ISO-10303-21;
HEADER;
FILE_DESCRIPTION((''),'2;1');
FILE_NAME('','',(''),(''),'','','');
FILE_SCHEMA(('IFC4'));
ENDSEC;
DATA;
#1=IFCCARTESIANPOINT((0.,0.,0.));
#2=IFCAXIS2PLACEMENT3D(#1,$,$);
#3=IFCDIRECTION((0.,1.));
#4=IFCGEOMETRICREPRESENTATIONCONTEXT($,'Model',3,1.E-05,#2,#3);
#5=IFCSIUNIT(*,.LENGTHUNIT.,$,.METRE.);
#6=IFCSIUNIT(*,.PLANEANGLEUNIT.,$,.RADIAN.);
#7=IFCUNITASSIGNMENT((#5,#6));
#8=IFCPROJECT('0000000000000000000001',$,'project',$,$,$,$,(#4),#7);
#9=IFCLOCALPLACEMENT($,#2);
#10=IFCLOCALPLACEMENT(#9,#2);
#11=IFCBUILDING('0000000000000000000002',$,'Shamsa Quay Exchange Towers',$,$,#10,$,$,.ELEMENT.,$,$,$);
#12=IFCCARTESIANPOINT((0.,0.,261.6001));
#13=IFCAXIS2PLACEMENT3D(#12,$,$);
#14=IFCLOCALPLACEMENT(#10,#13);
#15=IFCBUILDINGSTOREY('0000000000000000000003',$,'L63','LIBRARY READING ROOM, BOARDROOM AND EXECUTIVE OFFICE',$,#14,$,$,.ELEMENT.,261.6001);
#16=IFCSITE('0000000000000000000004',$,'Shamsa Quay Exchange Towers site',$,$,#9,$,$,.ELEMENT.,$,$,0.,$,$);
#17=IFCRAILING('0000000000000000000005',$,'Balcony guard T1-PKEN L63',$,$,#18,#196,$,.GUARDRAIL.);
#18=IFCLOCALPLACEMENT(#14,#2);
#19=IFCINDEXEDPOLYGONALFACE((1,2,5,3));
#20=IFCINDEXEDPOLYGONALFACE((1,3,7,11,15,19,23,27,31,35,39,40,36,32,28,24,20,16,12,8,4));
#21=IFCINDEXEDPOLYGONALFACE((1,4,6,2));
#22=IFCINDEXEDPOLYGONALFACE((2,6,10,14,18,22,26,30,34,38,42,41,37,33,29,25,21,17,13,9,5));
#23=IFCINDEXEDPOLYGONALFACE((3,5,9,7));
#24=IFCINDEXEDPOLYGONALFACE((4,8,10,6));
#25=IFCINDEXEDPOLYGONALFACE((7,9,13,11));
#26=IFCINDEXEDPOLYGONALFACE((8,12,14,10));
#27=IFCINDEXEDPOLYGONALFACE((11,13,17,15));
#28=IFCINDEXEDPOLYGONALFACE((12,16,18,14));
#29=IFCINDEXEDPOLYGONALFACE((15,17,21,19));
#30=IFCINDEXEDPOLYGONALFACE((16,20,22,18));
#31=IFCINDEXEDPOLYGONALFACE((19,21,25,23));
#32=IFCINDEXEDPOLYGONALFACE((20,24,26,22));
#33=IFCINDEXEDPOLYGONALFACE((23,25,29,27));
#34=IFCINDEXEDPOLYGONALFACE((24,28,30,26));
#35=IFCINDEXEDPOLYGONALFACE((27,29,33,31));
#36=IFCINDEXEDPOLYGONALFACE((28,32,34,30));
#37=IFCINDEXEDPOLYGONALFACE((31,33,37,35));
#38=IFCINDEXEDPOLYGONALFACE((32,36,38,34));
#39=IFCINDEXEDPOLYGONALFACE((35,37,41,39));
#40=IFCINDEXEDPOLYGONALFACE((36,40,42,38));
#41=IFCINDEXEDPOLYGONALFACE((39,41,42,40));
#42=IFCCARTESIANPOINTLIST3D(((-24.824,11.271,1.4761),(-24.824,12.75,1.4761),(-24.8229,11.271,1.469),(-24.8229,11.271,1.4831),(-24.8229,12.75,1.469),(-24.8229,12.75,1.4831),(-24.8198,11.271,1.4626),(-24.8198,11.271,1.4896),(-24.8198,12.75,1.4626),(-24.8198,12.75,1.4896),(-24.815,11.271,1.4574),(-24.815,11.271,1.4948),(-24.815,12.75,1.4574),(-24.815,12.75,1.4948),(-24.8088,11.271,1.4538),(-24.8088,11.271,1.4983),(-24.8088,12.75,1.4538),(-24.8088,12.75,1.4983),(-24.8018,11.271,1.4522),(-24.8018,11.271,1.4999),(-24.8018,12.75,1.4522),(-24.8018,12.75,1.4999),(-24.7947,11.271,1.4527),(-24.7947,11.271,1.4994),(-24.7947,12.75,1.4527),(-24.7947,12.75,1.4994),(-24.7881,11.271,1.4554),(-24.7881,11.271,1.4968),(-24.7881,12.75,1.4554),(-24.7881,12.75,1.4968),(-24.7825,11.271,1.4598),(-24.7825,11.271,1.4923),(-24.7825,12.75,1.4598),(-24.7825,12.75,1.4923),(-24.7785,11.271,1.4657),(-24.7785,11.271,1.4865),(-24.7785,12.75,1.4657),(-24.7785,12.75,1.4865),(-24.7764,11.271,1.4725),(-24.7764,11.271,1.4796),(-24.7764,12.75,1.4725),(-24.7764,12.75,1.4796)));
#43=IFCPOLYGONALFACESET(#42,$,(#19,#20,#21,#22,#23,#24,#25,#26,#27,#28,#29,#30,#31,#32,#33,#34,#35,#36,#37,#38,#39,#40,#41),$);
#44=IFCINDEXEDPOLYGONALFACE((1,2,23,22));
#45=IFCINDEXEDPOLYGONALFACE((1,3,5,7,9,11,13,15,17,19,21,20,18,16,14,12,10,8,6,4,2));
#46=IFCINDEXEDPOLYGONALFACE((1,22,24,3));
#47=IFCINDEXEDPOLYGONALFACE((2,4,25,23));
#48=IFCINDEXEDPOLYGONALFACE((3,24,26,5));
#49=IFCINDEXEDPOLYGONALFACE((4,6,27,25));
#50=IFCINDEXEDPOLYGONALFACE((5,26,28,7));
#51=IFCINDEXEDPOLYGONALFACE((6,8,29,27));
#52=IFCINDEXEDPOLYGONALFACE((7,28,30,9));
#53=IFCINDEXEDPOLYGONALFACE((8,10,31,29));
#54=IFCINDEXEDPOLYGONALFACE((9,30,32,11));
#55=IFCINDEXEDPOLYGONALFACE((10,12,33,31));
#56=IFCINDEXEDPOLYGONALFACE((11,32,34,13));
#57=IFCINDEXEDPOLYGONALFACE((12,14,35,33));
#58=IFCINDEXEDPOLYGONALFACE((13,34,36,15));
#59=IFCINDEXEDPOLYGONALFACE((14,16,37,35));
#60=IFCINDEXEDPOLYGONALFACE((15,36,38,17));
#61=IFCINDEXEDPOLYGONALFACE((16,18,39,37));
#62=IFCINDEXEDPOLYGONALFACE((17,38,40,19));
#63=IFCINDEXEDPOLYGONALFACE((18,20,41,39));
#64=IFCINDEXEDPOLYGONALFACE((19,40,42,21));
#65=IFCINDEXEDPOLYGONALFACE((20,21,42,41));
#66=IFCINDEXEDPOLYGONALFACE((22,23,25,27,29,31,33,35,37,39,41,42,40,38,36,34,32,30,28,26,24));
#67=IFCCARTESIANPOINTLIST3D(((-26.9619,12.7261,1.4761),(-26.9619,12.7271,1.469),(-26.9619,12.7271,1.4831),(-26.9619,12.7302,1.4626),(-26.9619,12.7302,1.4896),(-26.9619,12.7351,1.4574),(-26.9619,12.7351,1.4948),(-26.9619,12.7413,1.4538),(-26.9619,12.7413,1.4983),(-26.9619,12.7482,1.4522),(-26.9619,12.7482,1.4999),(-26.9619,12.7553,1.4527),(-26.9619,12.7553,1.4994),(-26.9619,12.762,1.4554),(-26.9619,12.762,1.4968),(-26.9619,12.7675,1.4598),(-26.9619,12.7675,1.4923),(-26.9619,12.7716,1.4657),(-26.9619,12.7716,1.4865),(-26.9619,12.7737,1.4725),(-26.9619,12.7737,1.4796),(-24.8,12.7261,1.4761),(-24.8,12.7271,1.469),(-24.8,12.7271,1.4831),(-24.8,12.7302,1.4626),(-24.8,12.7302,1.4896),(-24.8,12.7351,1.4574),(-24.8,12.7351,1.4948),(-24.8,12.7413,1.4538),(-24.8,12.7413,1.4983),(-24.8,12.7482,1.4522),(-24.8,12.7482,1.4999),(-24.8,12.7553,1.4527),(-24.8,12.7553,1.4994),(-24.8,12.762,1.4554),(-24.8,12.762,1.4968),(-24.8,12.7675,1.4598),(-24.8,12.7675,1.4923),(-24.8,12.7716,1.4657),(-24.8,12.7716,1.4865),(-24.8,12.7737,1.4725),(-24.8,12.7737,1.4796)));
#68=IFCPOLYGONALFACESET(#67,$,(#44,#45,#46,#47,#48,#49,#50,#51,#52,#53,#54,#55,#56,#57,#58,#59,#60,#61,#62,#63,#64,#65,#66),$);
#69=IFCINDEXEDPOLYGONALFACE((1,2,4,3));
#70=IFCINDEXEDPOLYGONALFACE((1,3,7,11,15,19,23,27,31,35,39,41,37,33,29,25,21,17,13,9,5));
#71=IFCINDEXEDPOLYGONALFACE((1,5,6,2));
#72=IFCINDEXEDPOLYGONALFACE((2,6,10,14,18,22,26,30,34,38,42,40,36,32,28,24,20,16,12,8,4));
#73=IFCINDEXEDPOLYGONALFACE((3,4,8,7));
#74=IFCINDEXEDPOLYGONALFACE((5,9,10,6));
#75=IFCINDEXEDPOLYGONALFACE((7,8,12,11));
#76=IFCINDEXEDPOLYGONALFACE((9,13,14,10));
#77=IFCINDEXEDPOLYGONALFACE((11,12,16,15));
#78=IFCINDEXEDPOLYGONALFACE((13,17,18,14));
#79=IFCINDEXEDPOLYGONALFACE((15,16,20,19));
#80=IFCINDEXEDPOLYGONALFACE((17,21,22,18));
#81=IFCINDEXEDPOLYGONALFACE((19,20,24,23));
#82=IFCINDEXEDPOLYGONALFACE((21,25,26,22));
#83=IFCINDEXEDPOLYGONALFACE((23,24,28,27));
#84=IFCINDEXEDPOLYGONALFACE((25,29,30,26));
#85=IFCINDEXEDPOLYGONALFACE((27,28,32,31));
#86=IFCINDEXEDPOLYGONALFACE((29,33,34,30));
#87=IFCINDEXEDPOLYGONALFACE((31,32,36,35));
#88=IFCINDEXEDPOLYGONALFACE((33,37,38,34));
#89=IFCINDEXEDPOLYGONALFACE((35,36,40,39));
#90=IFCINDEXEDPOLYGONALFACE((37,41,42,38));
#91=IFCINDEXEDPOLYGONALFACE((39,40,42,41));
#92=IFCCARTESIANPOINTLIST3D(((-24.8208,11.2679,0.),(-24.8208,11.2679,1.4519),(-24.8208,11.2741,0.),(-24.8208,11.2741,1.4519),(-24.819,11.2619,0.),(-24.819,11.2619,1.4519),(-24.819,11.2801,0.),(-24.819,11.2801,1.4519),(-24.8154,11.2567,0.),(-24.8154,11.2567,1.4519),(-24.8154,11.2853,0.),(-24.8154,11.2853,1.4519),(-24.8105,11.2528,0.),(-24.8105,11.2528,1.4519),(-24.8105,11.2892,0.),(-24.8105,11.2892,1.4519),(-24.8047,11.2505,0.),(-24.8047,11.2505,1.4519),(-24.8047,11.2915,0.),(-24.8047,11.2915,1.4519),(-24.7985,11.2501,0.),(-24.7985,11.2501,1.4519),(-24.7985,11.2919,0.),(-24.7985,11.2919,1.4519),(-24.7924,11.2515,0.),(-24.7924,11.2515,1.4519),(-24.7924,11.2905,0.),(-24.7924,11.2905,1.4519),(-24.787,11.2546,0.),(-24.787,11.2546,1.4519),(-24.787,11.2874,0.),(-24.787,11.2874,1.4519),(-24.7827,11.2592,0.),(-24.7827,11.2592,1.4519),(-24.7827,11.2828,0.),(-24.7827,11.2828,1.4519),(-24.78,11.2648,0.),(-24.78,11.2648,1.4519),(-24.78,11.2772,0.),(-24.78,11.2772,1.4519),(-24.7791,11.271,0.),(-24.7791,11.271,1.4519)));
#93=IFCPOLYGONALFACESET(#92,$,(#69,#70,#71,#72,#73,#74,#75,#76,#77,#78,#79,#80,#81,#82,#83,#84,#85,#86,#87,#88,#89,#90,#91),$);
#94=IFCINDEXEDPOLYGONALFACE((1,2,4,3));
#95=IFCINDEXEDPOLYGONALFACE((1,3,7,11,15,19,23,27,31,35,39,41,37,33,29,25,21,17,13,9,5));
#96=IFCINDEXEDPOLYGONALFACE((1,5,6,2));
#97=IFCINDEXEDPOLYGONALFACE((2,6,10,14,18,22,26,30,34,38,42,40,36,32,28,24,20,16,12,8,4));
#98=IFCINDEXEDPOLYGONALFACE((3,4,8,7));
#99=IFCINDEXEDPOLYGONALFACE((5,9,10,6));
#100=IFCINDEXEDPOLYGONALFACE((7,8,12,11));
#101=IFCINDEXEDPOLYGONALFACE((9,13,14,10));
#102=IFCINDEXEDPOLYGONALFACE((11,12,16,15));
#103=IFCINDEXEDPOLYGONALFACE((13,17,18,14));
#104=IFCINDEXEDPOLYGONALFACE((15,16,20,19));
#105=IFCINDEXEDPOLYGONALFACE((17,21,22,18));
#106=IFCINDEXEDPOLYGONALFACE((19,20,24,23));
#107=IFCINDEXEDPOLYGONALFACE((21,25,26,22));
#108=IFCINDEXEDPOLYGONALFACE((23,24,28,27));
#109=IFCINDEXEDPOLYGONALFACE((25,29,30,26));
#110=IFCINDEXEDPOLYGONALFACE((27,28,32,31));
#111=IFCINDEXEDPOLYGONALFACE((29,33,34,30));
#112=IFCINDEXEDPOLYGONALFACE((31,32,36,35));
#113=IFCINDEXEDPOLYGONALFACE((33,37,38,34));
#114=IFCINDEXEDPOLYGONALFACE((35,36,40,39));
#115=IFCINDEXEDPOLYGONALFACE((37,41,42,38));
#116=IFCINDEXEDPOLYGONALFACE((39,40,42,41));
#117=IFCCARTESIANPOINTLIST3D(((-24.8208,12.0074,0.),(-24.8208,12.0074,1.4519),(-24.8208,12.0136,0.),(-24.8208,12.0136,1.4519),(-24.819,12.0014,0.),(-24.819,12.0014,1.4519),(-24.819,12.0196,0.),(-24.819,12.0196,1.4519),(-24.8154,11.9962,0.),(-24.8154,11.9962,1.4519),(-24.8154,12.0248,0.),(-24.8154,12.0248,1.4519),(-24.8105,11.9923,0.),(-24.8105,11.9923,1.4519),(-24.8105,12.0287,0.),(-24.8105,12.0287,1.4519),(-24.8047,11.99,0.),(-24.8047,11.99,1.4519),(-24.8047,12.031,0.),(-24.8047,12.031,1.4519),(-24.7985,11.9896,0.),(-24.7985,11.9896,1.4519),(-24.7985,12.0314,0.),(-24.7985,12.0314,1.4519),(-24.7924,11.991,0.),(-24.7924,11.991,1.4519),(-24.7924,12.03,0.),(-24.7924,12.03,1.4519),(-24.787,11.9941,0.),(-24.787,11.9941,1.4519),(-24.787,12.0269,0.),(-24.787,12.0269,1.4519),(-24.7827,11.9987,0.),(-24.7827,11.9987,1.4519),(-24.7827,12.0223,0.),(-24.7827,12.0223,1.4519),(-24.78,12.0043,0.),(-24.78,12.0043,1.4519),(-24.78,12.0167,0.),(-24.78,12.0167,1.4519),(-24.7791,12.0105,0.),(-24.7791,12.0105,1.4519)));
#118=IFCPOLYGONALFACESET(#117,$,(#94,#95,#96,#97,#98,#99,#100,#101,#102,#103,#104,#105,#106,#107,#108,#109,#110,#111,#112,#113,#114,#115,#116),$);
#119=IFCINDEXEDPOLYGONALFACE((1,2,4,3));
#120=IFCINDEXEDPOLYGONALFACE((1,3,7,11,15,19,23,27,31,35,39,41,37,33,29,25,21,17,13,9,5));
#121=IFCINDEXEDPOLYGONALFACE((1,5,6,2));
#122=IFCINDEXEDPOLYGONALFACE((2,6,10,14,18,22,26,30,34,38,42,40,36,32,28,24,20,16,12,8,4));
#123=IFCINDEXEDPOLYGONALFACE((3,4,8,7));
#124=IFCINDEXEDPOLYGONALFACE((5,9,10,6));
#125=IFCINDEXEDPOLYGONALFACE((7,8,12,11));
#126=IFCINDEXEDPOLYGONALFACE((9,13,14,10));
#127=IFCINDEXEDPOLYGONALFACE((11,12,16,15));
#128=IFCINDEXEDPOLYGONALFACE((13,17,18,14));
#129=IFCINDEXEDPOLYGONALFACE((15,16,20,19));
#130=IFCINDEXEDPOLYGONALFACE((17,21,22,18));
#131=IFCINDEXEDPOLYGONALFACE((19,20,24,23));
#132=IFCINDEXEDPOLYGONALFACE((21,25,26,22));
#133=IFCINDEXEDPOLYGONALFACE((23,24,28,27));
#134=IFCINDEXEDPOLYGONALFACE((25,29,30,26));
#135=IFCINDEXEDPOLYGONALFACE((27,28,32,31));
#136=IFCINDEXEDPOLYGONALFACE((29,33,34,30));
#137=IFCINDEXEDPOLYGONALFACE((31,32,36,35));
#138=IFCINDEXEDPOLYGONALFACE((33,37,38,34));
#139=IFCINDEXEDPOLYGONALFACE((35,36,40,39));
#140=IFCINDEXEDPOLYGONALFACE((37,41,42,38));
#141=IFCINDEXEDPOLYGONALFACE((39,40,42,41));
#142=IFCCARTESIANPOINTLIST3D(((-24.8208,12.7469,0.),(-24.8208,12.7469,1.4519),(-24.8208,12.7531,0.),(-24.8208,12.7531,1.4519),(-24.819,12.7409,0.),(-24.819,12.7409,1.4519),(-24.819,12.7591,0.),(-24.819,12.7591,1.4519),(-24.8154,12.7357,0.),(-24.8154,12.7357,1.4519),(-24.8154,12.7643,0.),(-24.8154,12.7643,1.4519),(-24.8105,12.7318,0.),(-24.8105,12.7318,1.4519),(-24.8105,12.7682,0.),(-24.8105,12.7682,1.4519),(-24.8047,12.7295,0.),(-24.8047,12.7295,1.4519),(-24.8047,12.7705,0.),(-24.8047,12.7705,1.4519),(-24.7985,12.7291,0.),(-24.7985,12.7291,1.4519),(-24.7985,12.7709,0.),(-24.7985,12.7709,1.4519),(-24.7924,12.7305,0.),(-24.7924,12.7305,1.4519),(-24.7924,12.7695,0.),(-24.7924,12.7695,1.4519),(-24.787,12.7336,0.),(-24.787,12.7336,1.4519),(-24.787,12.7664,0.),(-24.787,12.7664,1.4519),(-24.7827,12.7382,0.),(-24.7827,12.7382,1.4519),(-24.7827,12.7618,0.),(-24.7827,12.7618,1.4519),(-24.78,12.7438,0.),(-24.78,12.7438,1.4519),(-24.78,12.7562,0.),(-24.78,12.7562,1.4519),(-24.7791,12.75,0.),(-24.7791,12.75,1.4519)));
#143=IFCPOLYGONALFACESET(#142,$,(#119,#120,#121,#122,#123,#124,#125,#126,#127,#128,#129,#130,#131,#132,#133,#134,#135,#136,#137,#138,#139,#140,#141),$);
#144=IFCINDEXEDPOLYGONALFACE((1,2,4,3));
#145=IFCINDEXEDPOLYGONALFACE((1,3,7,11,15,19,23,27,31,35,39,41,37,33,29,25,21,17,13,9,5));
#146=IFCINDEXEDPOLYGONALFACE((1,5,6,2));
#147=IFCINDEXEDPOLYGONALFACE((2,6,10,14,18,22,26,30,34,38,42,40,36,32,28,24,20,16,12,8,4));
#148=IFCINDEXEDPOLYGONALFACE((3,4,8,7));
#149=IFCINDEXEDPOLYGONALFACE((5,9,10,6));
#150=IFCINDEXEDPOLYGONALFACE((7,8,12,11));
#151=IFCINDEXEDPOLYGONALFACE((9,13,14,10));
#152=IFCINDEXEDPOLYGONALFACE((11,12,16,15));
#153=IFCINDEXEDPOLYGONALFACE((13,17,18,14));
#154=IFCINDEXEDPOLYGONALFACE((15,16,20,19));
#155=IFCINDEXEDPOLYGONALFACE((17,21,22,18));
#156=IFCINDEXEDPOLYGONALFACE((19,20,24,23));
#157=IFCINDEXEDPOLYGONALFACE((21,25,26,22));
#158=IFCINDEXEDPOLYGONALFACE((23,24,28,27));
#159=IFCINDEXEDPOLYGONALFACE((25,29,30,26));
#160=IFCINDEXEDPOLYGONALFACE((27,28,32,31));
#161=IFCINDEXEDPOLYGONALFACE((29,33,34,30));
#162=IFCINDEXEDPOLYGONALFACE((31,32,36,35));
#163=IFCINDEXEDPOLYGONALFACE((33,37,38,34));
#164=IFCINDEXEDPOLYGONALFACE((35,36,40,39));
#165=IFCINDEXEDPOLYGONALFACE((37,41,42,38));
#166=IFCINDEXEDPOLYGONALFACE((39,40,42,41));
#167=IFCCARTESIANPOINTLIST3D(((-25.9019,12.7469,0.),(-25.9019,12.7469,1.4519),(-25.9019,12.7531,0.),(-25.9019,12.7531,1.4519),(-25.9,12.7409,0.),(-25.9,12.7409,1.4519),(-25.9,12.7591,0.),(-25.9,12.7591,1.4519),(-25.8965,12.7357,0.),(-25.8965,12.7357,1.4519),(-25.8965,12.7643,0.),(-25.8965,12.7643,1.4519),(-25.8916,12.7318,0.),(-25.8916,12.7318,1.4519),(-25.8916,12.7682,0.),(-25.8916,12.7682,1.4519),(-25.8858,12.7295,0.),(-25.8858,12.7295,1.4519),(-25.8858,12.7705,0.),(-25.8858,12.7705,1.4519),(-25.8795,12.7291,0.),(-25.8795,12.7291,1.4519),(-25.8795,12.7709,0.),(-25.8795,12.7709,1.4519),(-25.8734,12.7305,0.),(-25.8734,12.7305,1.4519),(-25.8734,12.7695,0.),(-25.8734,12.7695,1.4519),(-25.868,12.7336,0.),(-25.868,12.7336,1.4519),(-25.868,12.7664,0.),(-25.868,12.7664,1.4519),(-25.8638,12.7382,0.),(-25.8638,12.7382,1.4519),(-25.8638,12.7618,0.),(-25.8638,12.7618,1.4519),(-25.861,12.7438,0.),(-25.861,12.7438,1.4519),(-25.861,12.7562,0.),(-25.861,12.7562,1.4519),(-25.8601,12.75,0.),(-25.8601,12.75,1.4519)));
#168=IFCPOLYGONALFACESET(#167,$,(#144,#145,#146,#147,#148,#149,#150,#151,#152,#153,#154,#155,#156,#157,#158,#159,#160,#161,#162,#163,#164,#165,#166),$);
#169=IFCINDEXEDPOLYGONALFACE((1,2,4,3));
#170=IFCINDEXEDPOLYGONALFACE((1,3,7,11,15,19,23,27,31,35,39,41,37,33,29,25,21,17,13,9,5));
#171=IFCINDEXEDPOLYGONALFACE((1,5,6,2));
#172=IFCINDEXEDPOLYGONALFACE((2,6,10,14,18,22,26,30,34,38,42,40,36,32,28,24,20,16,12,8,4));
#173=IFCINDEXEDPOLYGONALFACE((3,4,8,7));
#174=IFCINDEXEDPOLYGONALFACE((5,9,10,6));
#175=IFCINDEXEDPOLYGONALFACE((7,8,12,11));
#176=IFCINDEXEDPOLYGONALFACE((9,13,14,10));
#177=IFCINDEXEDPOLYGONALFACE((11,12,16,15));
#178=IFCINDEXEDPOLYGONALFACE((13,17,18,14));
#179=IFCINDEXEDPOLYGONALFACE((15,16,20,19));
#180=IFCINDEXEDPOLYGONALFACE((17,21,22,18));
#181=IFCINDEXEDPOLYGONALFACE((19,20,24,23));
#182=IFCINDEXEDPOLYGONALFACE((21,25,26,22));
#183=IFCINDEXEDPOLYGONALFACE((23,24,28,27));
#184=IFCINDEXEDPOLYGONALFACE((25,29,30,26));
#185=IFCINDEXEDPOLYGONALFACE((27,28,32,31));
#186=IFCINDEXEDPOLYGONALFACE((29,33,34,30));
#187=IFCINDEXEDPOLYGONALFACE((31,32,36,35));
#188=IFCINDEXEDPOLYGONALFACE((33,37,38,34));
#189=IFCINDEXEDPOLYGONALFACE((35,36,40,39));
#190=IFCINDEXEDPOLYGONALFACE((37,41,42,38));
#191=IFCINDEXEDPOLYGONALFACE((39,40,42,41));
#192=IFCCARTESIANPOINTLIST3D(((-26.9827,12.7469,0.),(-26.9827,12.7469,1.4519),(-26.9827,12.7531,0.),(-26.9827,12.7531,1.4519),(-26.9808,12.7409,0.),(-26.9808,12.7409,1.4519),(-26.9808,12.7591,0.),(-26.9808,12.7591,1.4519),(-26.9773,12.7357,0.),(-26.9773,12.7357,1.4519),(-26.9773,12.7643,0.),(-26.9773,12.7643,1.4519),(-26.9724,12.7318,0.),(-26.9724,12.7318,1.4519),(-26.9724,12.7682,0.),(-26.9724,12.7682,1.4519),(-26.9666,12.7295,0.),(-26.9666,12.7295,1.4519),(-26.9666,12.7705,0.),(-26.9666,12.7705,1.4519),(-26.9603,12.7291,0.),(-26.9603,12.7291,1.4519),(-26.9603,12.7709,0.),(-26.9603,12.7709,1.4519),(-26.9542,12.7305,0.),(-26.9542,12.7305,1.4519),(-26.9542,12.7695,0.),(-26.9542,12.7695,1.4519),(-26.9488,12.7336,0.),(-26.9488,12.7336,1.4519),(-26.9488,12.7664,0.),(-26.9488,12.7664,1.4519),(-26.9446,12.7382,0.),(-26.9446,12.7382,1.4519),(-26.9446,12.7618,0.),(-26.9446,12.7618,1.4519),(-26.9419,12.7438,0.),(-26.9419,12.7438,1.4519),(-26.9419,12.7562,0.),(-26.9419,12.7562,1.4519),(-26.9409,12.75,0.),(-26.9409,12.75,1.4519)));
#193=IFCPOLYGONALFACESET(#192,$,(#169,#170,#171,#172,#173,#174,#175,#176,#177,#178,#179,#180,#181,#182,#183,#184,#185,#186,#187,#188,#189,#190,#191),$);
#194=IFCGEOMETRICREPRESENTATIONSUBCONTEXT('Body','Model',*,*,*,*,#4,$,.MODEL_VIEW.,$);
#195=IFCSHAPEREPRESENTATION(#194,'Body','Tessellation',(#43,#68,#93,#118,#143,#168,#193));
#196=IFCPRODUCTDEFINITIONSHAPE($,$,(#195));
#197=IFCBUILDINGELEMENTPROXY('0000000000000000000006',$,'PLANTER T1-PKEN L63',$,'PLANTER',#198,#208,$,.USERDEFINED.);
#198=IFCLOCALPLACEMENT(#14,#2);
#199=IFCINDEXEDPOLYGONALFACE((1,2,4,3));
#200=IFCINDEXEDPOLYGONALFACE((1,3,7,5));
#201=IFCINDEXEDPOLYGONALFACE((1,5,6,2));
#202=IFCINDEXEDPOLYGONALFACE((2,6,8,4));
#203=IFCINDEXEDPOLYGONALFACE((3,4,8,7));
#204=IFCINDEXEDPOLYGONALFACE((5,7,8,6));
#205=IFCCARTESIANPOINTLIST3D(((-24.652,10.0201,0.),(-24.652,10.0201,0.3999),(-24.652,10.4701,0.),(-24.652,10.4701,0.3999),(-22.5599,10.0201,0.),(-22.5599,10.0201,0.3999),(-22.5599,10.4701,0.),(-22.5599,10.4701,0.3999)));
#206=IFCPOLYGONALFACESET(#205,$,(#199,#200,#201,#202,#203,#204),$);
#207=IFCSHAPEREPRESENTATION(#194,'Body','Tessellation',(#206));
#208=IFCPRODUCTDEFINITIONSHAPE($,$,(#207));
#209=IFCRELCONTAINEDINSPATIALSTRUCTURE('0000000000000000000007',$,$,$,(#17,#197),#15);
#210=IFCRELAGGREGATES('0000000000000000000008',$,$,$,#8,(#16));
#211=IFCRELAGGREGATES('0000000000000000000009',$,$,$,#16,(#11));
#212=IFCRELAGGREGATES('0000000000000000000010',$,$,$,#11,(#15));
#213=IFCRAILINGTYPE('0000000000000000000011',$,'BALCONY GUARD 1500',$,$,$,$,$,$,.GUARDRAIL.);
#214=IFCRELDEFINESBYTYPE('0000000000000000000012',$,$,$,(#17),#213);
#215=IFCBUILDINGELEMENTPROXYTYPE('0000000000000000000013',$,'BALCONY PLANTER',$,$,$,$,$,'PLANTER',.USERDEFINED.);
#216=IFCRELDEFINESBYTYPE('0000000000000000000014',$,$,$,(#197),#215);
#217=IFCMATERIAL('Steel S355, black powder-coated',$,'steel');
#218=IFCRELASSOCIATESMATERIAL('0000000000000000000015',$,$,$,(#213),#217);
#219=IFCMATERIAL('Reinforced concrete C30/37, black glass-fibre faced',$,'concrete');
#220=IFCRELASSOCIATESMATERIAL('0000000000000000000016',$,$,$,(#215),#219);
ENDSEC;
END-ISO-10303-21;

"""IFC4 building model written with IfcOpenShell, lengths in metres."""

from ifc_helpers import new_model, si_unit, direction, frame, origin, origin_2d, place, context, subcontext, project, spatial, rectangle, circle, extrude, material, type_object, element, save


model = new_model("IFC4")

# Units and contexts
model_context = context("Model", 3, precision=1e-05, world=origin(), true_north=direction((0.0, 1.0)))
body_context = subcontext(model_context, "Body", "Model", "MODEL_VIEW")
ifc_project = project(units=[si_unit("LENGTHUNIT", "METRE"), si_unit("PLANEANGLEUNIT", "RADIAN")], contexts=[model_context])

# Site, building, storey
site_placement = place(None, origin())
site = spatial("IfcSite", under=ifc_project, at=site_placement, Name="Shamsa Quay Exchange Towers site", CompositionType="ELEMENT", RefElevation=0.0)
building_placement = place(site_placement, origin())
building = spatial("IfcBuilding", under=site, at=building_placement, Name="Shamsa Quay Exchange Towers", CompositionType="ELEMENT")
storey_placement = place(building_placement, frame((0.0, 0.0, 261.6001)))
storey = spatial("IfcBuildingStorey", under=building, at=storey_placement, Name="L63", Description="LIBRARY READING ROOM, BOARDROOM AND EXECUTIVE OFFICE", CompositionType="ELEMENT", Elevation=261.6001)

# Railing
ifc_material_1 = material(Name="Steel S355, black powder-coated", Category="steel")
railing_type = type_object("IfcRailingType", Name="BALCONY GUARD 1500", PredefinedType="GUARDRAIL", material=ifc_material_1)
for number, where, name in (
    (1, (-24.8, 11.271, 0.0), "Balcony guard T1-PKEN L63"),
):
    element("IfcRailing", number, at=place(storey_placement, frame(where)), inside=storey, type_object=railing_type, Name=name, PredefinedType="GUARDRAIL", context=body_context, shape_type="SweptSolid", body=[
        extrude(circle(Radius=0.0239, at=origin_2d()), frame((0.0, 0.0, 1.4761), z_axis=(0.0, 1.0, 0.0), x_axis=(-1.0, 0.0, 0.0)), (0.0, 0.0, 1.0), 1.479),
        extrude(circle(Radius=0.0239, at=origin_2d()), frame((0.0, 1.479, 1.4761), z_axis=(-1.0, 0.0, 0.0), x_axis=(0.0, -1.0, 0.0)), (0.0, 0.0, 1.0), 2.1619),
        extrude(circle(Radius=0.021, at=origin_2d()), origin(), (0.0, 0.0, 1.0), 1.4519),
        extrude(circle(Radius=0.021, at=origin_2d()), frame((0.0, 0.7395, 0.0)), (0.0, 0.0, 1.0), 1.4519),
        extrude(circle(Radius=0.021, at=origin_2d()), frame((0.0, 1.479, 0.0)), (0.0, 0.0, 1.0), 1.4519),
        extrude(circle(Radius=0.021, at=origin_2d()), frame((-1.0811, 1.479, 0.0)), (0.0, 0.0, 1.0), 1.4519),
        extrude(circle(Radius=0.021, at=origin_2d()), frame((-2.1619, 1.479, 0.0)), (0.0, 0.0, 1.0), 1.4519),
    ])

# Building element proxy
ifc_material_2 = material(Name="Reinforced concrete C30/37, black glass-fibre faced", Category="concrete")
building_element_proxy_type = type_object("IfcBuildingElementProxyType", Name="BALCONY PLANTER", ElementType="PLANTER", PredefinedType="USERDEFINED", material=ifc_material_2)
proxy_placement = place(storey_placement, frame((-23.606, 10.2451, 0.0), z_axis=(0.0, 0.0, 1.0), x_axis=(-1.0, 0.0, 0.0)))
element("IfcBuildingElementProxy", 2, at=proxy_placement, inside=storey, type_object=building_element_proxy_type, Name="PLANTER T1-PKEN L63", ObjectType="PLANTER", PredefinedType="USERDEFINED", context=body_context, shape_type="SweptSolid", body=[
    extrude(rectangle(XDim=2.092, YDim=0.45, at=origin_2d()), origin(), (0.0, 0.0, 1.0), 0.3999),
])

save(model, "model.ifc")
